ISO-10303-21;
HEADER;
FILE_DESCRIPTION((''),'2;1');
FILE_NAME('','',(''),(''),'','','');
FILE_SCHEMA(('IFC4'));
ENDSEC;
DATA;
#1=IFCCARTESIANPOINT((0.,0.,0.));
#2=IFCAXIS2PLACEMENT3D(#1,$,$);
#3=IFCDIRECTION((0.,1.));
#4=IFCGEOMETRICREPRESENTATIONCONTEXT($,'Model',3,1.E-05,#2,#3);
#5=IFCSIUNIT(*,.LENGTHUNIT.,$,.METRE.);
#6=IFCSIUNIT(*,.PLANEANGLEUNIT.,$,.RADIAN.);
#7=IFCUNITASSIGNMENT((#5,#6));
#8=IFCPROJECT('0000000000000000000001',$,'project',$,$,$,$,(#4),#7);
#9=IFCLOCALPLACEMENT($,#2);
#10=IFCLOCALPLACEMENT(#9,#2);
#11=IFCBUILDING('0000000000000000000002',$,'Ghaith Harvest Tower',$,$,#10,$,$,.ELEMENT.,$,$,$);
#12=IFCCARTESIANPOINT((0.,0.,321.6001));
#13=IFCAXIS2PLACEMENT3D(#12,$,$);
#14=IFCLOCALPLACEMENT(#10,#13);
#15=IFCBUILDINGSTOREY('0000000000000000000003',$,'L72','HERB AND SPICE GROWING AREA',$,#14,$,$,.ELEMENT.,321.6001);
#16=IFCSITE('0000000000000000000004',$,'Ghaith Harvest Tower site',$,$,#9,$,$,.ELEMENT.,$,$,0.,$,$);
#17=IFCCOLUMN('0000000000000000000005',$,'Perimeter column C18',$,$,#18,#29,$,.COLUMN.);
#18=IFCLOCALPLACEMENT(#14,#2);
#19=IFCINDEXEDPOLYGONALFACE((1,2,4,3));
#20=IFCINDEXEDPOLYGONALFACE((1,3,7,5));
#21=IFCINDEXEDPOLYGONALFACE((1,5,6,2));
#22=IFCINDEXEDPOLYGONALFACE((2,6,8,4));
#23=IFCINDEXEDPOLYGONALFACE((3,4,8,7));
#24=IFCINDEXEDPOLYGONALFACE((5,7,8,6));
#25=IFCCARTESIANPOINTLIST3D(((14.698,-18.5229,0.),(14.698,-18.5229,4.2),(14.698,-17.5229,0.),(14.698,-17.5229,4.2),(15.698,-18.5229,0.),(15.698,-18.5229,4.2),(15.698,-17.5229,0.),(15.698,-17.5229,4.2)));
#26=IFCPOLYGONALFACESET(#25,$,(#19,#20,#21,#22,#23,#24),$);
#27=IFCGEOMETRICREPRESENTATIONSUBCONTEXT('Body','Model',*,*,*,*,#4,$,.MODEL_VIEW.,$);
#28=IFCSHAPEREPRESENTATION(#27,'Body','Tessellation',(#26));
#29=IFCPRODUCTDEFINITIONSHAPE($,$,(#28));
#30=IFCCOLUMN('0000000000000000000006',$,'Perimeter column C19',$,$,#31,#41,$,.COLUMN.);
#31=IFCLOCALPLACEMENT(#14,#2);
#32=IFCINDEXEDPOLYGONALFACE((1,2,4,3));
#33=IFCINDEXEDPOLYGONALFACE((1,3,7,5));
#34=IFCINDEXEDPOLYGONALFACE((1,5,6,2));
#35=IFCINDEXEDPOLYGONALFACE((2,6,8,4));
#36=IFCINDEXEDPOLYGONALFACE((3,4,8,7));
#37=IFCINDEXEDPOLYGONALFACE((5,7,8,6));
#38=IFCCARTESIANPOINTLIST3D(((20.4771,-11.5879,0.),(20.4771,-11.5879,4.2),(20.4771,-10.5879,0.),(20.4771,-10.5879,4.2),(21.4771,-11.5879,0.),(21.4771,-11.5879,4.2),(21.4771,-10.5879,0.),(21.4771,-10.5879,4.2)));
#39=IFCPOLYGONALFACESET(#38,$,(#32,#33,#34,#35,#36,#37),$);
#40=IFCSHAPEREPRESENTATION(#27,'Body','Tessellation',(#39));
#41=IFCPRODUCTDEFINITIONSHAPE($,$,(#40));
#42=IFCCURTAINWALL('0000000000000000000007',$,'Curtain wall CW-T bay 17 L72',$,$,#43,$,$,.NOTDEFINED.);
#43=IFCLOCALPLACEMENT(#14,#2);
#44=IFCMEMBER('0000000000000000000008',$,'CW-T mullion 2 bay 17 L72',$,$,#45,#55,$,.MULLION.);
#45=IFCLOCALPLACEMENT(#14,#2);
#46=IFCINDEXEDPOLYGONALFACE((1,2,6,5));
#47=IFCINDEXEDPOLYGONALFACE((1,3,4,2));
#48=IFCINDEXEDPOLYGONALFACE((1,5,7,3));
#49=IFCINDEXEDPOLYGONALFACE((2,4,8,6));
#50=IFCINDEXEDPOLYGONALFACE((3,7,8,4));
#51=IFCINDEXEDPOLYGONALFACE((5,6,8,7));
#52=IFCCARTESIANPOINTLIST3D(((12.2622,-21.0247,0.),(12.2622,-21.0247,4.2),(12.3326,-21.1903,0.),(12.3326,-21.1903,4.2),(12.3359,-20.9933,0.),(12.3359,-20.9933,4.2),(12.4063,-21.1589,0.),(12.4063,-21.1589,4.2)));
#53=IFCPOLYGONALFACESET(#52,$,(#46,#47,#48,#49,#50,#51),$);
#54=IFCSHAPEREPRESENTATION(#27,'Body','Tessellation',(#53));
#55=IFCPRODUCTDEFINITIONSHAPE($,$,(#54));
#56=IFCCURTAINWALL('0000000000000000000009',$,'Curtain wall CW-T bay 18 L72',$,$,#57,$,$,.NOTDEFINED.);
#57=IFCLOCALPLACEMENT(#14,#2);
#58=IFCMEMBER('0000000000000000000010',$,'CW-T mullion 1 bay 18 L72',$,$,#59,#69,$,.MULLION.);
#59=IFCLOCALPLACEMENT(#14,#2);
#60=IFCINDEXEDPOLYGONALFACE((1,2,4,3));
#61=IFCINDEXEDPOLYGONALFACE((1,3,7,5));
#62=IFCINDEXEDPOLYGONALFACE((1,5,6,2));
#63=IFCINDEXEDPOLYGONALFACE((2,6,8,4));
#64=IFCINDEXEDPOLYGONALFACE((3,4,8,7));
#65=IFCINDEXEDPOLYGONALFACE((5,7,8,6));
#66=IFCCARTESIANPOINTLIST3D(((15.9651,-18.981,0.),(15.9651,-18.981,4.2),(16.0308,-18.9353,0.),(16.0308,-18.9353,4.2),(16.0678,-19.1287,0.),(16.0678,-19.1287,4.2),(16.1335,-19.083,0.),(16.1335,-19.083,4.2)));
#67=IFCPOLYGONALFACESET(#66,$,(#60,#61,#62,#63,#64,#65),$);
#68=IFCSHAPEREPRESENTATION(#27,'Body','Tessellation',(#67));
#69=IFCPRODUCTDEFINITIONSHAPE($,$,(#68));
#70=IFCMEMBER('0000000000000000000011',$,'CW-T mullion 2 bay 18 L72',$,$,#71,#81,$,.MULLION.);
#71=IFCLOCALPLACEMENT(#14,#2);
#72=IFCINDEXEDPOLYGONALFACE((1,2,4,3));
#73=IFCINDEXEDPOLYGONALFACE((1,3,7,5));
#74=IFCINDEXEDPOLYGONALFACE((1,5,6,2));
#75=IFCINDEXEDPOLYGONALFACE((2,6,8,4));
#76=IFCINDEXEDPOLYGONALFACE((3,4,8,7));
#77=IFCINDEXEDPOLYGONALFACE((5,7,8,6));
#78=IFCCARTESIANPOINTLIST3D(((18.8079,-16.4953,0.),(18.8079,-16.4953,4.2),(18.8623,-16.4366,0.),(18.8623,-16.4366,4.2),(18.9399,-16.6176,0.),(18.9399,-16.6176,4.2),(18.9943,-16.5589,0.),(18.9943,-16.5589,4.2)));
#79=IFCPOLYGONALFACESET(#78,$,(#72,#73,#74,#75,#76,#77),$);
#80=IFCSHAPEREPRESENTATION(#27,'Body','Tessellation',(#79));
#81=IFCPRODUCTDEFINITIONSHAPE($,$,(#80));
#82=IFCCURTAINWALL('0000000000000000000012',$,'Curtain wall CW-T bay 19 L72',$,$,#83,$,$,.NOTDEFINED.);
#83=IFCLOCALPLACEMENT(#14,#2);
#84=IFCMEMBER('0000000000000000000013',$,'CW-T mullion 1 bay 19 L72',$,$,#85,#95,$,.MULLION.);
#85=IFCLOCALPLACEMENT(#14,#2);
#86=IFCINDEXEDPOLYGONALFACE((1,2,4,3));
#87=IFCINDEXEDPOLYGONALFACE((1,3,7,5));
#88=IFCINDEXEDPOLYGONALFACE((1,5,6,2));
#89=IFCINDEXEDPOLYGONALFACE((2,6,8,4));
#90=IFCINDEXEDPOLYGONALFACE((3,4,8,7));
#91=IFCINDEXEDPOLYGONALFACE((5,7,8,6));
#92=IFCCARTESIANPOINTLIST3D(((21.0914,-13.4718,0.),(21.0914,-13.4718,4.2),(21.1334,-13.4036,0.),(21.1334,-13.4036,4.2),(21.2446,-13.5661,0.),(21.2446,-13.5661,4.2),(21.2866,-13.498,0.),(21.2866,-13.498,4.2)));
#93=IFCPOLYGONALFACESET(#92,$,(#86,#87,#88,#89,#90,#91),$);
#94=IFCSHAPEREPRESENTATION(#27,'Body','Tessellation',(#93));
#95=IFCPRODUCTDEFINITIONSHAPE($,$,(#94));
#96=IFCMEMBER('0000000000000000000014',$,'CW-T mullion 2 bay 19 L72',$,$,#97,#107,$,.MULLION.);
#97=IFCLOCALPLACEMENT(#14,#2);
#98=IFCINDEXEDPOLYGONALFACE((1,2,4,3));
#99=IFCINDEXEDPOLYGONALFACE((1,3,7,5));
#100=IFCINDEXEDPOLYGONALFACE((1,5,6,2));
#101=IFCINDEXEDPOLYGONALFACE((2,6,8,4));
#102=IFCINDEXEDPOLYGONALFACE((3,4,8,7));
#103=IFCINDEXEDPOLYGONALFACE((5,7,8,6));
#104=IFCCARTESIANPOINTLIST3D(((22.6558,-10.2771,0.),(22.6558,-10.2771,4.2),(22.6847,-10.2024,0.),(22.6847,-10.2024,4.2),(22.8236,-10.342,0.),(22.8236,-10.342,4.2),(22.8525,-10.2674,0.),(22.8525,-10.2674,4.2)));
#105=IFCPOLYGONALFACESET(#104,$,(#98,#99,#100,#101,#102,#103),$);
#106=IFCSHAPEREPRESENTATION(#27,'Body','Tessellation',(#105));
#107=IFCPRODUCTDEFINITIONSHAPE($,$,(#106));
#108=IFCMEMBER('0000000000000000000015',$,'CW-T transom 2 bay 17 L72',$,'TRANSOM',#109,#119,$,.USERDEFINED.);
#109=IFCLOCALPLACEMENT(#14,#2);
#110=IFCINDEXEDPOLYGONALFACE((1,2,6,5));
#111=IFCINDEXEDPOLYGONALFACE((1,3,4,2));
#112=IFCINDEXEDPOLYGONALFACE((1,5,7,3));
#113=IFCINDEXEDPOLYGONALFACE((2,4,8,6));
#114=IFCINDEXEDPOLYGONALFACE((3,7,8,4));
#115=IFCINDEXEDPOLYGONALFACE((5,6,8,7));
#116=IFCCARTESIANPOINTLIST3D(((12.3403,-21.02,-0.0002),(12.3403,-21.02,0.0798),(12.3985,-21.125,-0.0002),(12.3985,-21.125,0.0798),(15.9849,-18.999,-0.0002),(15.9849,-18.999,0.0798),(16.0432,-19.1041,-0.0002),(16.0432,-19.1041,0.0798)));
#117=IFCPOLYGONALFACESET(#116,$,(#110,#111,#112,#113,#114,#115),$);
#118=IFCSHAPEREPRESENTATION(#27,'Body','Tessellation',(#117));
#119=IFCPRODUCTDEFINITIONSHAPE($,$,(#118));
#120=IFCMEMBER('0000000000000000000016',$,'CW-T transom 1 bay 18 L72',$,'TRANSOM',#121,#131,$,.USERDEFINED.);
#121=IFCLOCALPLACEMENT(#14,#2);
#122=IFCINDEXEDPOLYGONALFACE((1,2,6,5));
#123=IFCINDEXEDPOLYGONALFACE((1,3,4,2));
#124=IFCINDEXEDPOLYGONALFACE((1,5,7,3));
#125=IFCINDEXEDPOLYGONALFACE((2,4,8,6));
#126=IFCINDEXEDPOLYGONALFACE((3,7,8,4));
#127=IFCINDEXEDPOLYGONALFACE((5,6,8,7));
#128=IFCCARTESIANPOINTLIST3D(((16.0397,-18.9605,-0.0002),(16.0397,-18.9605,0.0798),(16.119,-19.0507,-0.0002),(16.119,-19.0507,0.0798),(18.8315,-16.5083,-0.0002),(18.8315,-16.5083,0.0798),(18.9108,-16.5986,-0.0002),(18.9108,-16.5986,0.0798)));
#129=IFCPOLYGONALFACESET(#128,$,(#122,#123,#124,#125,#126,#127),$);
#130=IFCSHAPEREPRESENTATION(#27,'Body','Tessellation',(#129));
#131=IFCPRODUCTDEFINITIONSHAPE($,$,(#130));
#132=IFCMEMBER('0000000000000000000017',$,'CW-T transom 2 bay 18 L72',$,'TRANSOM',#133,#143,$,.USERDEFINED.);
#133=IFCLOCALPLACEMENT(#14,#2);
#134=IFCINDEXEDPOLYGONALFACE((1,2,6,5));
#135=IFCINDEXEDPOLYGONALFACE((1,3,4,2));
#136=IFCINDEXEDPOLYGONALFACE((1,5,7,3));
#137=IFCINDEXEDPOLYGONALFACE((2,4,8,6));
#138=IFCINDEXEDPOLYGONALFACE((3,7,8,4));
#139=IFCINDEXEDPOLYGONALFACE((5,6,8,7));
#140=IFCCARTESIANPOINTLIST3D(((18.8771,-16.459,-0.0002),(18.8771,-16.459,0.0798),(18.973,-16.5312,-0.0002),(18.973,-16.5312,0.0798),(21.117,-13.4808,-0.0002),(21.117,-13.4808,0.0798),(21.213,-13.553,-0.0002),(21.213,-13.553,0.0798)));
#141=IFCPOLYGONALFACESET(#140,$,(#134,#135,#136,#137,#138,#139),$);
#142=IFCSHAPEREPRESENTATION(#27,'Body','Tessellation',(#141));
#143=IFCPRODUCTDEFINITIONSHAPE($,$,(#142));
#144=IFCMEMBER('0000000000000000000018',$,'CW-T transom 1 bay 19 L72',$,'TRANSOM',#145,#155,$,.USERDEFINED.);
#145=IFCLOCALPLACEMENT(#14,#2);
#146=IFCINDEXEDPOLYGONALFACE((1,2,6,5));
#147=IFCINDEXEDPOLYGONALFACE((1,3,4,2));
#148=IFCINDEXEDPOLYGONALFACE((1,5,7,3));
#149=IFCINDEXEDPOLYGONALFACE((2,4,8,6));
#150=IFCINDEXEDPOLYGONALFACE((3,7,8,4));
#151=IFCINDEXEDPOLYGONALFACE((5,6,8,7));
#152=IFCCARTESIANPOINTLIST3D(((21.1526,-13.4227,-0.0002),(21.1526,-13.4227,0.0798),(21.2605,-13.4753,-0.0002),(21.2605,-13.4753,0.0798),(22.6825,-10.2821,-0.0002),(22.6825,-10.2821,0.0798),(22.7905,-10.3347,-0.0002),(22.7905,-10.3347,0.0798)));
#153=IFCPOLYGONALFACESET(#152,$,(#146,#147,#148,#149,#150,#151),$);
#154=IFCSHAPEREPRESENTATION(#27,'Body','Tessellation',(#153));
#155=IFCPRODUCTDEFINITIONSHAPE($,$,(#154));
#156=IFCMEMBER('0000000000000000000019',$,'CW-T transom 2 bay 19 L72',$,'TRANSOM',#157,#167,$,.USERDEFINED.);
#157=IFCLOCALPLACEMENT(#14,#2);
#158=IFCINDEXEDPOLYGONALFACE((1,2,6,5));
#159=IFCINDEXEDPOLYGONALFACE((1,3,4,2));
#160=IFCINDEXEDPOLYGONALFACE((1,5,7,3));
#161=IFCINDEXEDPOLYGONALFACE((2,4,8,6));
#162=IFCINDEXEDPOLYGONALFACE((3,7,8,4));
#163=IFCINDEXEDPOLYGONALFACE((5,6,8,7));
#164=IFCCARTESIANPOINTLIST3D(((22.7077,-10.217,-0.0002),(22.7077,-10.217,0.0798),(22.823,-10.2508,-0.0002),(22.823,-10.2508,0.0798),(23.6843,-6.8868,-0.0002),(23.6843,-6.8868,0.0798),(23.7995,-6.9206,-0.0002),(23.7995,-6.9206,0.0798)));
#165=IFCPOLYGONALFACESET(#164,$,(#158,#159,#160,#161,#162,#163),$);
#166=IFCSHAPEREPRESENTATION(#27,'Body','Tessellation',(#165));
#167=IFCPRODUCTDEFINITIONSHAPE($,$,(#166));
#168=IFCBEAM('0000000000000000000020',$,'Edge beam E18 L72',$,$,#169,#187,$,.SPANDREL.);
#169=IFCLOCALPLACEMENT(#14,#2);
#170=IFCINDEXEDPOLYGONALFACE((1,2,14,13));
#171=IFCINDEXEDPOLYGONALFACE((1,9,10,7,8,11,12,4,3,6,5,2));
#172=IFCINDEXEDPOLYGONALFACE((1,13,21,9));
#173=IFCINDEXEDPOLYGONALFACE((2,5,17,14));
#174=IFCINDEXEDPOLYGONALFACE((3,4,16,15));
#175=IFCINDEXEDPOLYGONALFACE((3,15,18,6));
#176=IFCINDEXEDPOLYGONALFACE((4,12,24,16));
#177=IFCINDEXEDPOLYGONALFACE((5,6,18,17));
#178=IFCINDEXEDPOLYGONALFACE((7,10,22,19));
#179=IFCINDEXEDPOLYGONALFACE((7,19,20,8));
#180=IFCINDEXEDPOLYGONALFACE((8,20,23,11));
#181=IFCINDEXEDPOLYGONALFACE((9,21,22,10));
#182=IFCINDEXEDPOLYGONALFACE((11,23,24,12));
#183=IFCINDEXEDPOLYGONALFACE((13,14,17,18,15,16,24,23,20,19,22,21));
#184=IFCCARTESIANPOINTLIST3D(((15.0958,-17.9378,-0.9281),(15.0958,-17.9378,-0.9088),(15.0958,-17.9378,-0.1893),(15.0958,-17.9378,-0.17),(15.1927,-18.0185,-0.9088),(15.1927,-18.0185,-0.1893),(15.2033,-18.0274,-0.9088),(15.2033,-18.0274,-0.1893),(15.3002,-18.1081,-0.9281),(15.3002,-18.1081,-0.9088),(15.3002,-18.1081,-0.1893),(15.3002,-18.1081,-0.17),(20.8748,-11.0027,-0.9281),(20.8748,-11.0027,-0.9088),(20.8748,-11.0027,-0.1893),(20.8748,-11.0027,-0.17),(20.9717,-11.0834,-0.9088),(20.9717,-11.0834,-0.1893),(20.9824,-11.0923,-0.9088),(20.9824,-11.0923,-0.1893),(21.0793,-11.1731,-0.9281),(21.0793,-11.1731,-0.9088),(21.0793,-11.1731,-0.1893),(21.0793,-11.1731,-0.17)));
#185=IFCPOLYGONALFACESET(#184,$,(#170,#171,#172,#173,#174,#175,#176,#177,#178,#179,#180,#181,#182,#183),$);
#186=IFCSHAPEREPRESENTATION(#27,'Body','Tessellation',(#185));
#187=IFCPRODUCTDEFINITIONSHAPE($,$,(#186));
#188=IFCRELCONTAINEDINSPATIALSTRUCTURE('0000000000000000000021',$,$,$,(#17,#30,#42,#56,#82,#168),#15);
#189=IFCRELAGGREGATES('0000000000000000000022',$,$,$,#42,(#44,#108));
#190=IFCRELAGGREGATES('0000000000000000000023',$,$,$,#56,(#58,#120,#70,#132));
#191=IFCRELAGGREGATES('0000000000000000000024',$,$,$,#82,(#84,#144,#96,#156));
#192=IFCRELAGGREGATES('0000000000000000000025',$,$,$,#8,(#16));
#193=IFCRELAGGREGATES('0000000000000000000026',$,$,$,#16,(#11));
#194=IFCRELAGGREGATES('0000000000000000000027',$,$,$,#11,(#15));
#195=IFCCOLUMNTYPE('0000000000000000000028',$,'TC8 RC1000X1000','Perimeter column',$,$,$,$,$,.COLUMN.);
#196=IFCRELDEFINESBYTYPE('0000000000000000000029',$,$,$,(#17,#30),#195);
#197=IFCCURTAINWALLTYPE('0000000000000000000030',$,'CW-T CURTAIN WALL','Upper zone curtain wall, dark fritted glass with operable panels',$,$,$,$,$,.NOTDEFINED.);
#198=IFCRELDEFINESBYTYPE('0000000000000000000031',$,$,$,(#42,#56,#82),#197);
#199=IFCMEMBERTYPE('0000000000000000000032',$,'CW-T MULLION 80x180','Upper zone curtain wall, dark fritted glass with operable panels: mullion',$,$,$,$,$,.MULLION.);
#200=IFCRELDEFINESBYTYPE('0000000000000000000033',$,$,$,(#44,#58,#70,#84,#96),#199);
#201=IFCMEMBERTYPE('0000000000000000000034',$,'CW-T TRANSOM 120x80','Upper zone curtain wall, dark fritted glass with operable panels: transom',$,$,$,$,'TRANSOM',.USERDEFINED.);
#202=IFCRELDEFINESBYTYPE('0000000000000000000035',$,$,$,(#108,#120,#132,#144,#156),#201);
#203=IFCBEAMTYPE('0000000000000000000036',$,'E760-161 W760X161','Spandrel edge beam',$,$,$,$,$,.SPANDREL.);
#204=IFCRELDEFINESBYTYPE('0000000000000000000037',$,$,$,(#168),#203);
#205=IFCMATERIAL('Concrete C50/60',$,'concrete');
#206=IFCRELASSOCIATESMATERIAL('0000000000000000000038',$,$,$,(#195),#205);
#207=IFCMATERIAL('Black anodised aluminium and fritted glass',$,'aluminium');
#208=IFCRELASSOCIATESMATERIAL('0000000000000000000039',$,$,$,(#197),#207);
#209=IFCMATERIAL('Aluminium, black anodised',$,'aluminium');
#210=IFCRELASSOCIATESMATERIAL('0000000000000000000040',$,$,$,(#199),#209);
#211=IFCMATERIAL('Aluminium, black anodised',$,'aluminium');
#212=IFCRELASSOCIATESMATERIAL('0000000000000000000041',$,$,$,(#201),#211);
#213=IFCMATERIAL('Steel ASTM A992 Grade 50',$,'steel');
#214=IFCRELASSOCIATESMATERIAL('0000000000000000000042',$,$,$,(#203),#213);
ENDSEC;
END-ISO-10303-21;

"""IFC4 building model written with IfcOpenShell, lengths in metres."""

from ifc_helpers import new_model, si_unit, direction, frame, origin, origin_2d, place, context, subcontext, project, spatial, rectangle, i_section, extrude, material, material_profile, profile_set, type_object, element, aggregate, save


model = new_model("IFC4")

# Units and contexts
model_context = context("Model", 3, precision=1e-05, world=origin(), true_north=direction((0.0, 1.0)))
body_context = subcontext(model_context, "Body", "Model", "MODEL_VIEW")
ifc_project = project(units=[si_unit("LENGTHUNIT", "METRE"), si_unit("PLANEANGLEUNIT", "RADIAN")], contexts=[model_context])

# Site, building, storey
site_placement = place(None, origin())
site = spatial("IfcSite", under=ifc_project, at=site_placement, Name="Ghaith Harvest Tower site", CompositionType="ELEMENT", RefElevation=0.0)
building_placement = place(site_placement, origin())
building = spatial("IfcBuilding", under=site, at=building_placement, Name="Ghaith Harvest Tower", CompositionType="ELEMENT")
storey_placement = place(building_placement, frame((0.0, 0.0, 321.6001)))
storey = spatial("IfcBuildingStorey", under=building, at=storey_placement, Name="L72", Description="HERB AND SPICE GROWING AREA", CompositionType="ELEMENT", Elevation=321.6001)

# Columns
ifc_material_1 = material(Name="Concrete C50/60", Category="concrete")
ifc_material_profile_1 = material_profile(ifc_material_1, rectangle(XDim=1.0, YDim=1.0, at=origin_2d()), Name="RC1000X1000")
ifc_profile_set_1 = profile_set([ifc_material_profile_1], Name="Concrete C50/60")
column_type = type_object("IfcColumnType", Name="TC8 RC1000X1000", Description="Perimeter column", PredefinedType="COLUMN", material=ifc_profile_set_1)
for number, where, z_axis, x_axis, name in (
    (1, (15.198, -18.0229, 0.0), (0.0, 0.0, 1.0), (1.0, 0.0, 0.0), "Perimeter column C18"),
    (2, (20.9771, -11.0879, 0.0), (0.0, 0.0, 1.0), (1.0, 0.0, 0.0), "Perimeter column C19"),
):
    element("IfcColumn", number, at=place(storey_placement, frame(where, z_axis=z_axis, x_axis=x_axis)), inside=storey, type_object=column_type, Name=name, PredefinedType="COLUMN", context=body_context, shape_type="SweptSolid", body=[
        extrude(rectangle(XDim=1.0, YDim=1.0, at=origin_2d()), origin(), (0.0, 0.0, 1.0), 4.2),
    ])

# Curtain wall, member
ifc_material_2 = material(Name="Black anodised aluminium and fritted glass", Category="aluminium")
curtain_wall_type = type_object("IfcCurtainWallType", Name="CW-T CURTAIN WALL", Description="Upper zone curtain wall, dark fritted glass with operable panels", PredefinedType="NOTDEFINED", material=ifc_material_2)
curtain_wall_1_placement = place(storey_placement, origin())
curtain_wall_1 = element("IfcCurtainWall", 3, at=curtain_wall_1_placement, inside=storey, type_object=curtain_wall_type, Name="Curtain wall CW-T bay 17 L72", PredefinedType="NOTDEFINED")
ifc_material_3 = material(Name="Aluminium, black anodised", Category="aluminium")
ifc_material_profile_2 = material_profile(ifc_material_3, rectangle(XDim=0.0801, YDim=0.1799, at=origin_2d()), Name="CW-T MULLION 80x180")
ifc_profile_set_2 = profile_set([ifc_material_profile_2], Name="Aluminium, black anodised")
member_type_1 = type_object("IfcMemberType", Name="CW-T MULLION 80x180", Description="Upper zone curtain wall, dark fritted glass with operable panels: mullion", PredefinedType="MULLION", material=ifc_profile_set_2)
member_1_placement = place(storey_placement, frame((12.3342, -21.0918, 0.0), z_axis=(0.0, 0.0, 1.0), x_axis=(0.920319, 0.391168, 0.0)))
member_1 = element("IfcMember", 4, at=member_1_placement, type_object=member_type_1, Name="CW-T mullion 2 bay 17 L72", PredefinedType="MULLION", context=body_context, shape_type="SweptSolid", body=[
    extrude(rectangle(XDim=0.0801, YDim=0.1799, at=origin_2d()), origin(), (0.0, 0.0, 1.0), 4.2),
])

# Curtain walls, members
curtain_wall_2_placement = place(storey_placement, origin())
curtain_wall_2 = element("IfcCurtainWall", 5, at=curtain_wall_2_placement, inside=storey, type_object=curtain_wall_type, Name="Curtain wall CW-T bay 18 L72", PredefinedType="NOTDEFINED")
member_2_placement = place(storey_placement, frame((16.0493, -19.032, 0.0), z_axis=(0.0, 0.0, 1.0), x_axis=(0.821112, 0.570767, 0.0)))
member_2 = element("IfcMember", 6, at=member_2_placement, type_object=member_type_1, Name="CW-T mullion 1 bay 18 L72", PredefinedType="MULLION", context=body_context, shape_type="SweptSolid", body=[
    extrude(rectangle(XDim=0.0801, YDim=0.1799, at=origin_2d()), origin(), (0.0, 0.0, 1.0), 4.2),
])
member_3_placement = place(storey_placement, frame((18.9011, -16.5271, 0.0), z_axis=(0.0, 0.0, 1.0), x_axis=(0.679661, 0.733526, 0.0)))
member_3 = element("IfcMember", 7, at=member_3_placement, type_object=member_type_1, Name="CW-T mullion 2 bay 18 L72", PredefinedType="MULLION", context=body_context, shape_type="SweptSolid", body=[
    extrude(rectangle(XDim=0.0801, YDim=0.1799, at=origin_2d()), origin(), (0.0, 0.0, 1.0), 4.2),
])
curtain_wall_3_placement = place(storey_placement, origin())
curtain_wall_3 = element("IfcCurtainWall", 8, at=curtain_wall_3_placement, inside=storey, type_object=curtain_wall_type, Name="Curtain wall CW-T bay 19 L72", PredefinedType="NOTDEFINED")
member_4_placement = place(storey_placement, frame((21.189, -13.4849, 0.0), z_axis=(0.0, 0.0, 1.0), x_axis=(0.524482, 0.851421, 0.0)))
member_4 = element("IfcMember", 9, at=member_4_placement, type_object=member_type_1, Name="CW-T mullion 1 bay 19 L72", PredefinedType="MULLION", context=body_context, shape_type="SweptSolid", body=[
    extrude(rectangle(XDim=0.0801, YDim=0.1799, at=origin_2d()), origin(), (0.0, 0.0, 1.0), 4.2),
])
member_5_placement = place(storey_placement, frame((22.7542, -10.2722, 0.0), z_axis=(0.0, 0.0, 1.0), x_axis=(0.361184, 0.932494, 0.0)))
member_5 = element("IfcMember", 10, at=member_5_placement, type_object=member_type_1, Name="CW-T mullion 2 bay 19 L72", PredefinedType="MULLION", context=body_context, shape_type="SweptSolid", body=[
    extrude(rectangle(XDim=0.0801, YDim=0.1799, at=origin_2d()), origin(), (0.0, 0.0, 1.0), 4.2),
])

# Members
ifc_material_4 = material(Name="Aluminium, black anodised", Category="aluminium")
ifc_material_profile_3 = material_profile(ifc_material_4, rectangle(XDim=0.1201, YDim=0.0801, at=origin_2d()), Name="CW-T TRANSOM 120x80")
ifc_profile_set_3 = profile_set([ifc_material_profile_3], Name="Aluminium, black anodised")
member_type_2 = type_object("IfcMemberType", Name="CW-T TRANSOM 120x80", Description="Upper zone curtain wall, dark fritted glass with operable panels: transom", ElementType="TRANSOM", PredefinedType="USERDEFINED", material=ifc_profile_set_3)
member_6_placement = place(storey_placement, frame((12.3694, -21.0725, 0.0398), z_axis=(0.874552, 0.484932, 0.0), x_axis=(-0.484932, 0.874552, 0.0)))
member_6 = element("IfcMember", 11, at=member_6_placement, type_object=member_type_2, Name="CW-T transom 2 bay 17 L72", ObjectType="TRANSOM", PredefinedType="USERDEFINED", context=body_context, shape_type="SweptSolid", body=[
    extrude(rectangle(XDim=0.1201, YDim=0.0801, at=origin_2d()), origin(), (0.0, 0.0, 1.0), 4.1675),
])
member_7_placement = place(storey_placement, frame((16.0793, -19.0056, 0.0398), z_axis=(0.751326, 0.659931, 0.0), x_axis=(-0.659931, 0.751326, 0.0)))
member_7 = element("IfcMember", 12, at=member_7_placement, type_object=member_type_2, Name="CW-T transom 1 bay 18 L72", ObjectType="TRANSOM", PredefinedType="USERDEFINED", context=body_context, shape_type="SweptSolid", body=[
    extrude(rectangle(XDim=0.1201, YDim=0.0801, at=origin_2d()), origin(), (0.0, 0.0, 1.0), 3.7158),
])
member_8_placement = place(storey_placement, frame((18.925, -16.4951, 0.0398), z_axis=(0.601079, 0.79919, 0.0), x_axis=(-0.79919, 0.601079, 0.0)))
member_8 = element("IfcMember", 13, at=member_8_placement, type_object=member_type_2, Name="CW-T transom 2 bay 18 L72", ObjectType="TRANSOM", PredefinedType="USERDEFINED", context=body_context, shape_type="SweptSolid", body=[
    extrude(rectangle(XDim=0.1201, YDim=0.0801, at=origin_2d()), origin(), (0.0, 0.0, 1.0), 3.7266),
])
member_9_placement = place(storey_placement, frame((21.2065, -13.449, 0.0398), z_axis=(0.437965, 0.898992, 0.0), x_axis=(-0.898992, 0.437965, 0.0)))
member_9 = element("IfcMember", 14, at=member_9_placement, type_object=member_type_2, Name="CW-T transom 1 bay 19 L72", ObjectType="TRANSOM", PredefinedType="USERDEFINED", context=body_context, shape_type="SweptSolid", body=[
    extrude(rectangle(XDim=0.1201, YDim=0.0801, at=origin_2d()), origin(), (0.0, 0.0, 1.0), 3.4934),
])
member_10_placement = place(storey_placement, frame((22.7654, -10.2339, 0.0398), z_axis=(0.281385, 0.959595, 0.0), x_axis=(-0.959595, 0.281385, 0.0)))
member_10 = element("IfcMember", 15, at=member_10_placement, type_object=member_type_2, Name="CW-T transom 2 bay 19 L72", ObjectType="TRANSOM", PredefinedType="USERDEFINED", context=body_context, shape_type="SweptSolid", body=[
    extrude(rectangle(XDim=0.1201, YDim=0.0801, at=origin_2d()), origin(), (0.0, 0.0, 1.0), 3.4705),
])

# Beam
ifc_material_5 = material(Name="Steel ASTM A992 Grade 50", Category="steel")
ifc_material_profile_4 = material_profile(ifc_material_5, i_section(OverallWidth=0.2661, OverallDepth=0.7581, WebThickness=0.0139, FlangeThickness=0.0193, at=origin_2d()), Name="W760X161")
ifc_profile_set_4 = profile_set([ifc_material_profile_4], Name="Steel ASTM A992 Grade 50")
beam_type_1 = type_object("IfcBeamType", Name="E760-161 W760X161", Description="Spandrel edge beam", PredefinedType="SPANDREL", material=ifc_profile_set_4)
beam_1_placement = place(storey_placement, frame((15.198, -18.0229, -0.5491), z_axis=(0.640174, 0.76823, 0.0), x_axis=(-0.76823, 0.640174, 0.0)))
element("IfcBeam", 16, at=beam_1_placement, inside=storey, type_object=beam_type_1, Name="Edge beam E18 L72", PredefinedType="SPANDREL", context=body_context, shape_type="SweptSolid", body=[
    extrude(i_section(OverallWidth=0.2661, OverallDepth=0.7581, WebThickness=0.0139, FlangeThickness=0.0193, at=origin_2d()), origin(), (0.0, 0.0, 1.0), 9.0273),
])

aggregate(curtain_wall_1, [member_1, member_6])
aggregate(curtain_wall_2, [member_2, member_7, member_3, member_8])
aggregate(curtain_wall_3, [member_4, member_9, member_5, member_10])

save(model, "model.ifc")
